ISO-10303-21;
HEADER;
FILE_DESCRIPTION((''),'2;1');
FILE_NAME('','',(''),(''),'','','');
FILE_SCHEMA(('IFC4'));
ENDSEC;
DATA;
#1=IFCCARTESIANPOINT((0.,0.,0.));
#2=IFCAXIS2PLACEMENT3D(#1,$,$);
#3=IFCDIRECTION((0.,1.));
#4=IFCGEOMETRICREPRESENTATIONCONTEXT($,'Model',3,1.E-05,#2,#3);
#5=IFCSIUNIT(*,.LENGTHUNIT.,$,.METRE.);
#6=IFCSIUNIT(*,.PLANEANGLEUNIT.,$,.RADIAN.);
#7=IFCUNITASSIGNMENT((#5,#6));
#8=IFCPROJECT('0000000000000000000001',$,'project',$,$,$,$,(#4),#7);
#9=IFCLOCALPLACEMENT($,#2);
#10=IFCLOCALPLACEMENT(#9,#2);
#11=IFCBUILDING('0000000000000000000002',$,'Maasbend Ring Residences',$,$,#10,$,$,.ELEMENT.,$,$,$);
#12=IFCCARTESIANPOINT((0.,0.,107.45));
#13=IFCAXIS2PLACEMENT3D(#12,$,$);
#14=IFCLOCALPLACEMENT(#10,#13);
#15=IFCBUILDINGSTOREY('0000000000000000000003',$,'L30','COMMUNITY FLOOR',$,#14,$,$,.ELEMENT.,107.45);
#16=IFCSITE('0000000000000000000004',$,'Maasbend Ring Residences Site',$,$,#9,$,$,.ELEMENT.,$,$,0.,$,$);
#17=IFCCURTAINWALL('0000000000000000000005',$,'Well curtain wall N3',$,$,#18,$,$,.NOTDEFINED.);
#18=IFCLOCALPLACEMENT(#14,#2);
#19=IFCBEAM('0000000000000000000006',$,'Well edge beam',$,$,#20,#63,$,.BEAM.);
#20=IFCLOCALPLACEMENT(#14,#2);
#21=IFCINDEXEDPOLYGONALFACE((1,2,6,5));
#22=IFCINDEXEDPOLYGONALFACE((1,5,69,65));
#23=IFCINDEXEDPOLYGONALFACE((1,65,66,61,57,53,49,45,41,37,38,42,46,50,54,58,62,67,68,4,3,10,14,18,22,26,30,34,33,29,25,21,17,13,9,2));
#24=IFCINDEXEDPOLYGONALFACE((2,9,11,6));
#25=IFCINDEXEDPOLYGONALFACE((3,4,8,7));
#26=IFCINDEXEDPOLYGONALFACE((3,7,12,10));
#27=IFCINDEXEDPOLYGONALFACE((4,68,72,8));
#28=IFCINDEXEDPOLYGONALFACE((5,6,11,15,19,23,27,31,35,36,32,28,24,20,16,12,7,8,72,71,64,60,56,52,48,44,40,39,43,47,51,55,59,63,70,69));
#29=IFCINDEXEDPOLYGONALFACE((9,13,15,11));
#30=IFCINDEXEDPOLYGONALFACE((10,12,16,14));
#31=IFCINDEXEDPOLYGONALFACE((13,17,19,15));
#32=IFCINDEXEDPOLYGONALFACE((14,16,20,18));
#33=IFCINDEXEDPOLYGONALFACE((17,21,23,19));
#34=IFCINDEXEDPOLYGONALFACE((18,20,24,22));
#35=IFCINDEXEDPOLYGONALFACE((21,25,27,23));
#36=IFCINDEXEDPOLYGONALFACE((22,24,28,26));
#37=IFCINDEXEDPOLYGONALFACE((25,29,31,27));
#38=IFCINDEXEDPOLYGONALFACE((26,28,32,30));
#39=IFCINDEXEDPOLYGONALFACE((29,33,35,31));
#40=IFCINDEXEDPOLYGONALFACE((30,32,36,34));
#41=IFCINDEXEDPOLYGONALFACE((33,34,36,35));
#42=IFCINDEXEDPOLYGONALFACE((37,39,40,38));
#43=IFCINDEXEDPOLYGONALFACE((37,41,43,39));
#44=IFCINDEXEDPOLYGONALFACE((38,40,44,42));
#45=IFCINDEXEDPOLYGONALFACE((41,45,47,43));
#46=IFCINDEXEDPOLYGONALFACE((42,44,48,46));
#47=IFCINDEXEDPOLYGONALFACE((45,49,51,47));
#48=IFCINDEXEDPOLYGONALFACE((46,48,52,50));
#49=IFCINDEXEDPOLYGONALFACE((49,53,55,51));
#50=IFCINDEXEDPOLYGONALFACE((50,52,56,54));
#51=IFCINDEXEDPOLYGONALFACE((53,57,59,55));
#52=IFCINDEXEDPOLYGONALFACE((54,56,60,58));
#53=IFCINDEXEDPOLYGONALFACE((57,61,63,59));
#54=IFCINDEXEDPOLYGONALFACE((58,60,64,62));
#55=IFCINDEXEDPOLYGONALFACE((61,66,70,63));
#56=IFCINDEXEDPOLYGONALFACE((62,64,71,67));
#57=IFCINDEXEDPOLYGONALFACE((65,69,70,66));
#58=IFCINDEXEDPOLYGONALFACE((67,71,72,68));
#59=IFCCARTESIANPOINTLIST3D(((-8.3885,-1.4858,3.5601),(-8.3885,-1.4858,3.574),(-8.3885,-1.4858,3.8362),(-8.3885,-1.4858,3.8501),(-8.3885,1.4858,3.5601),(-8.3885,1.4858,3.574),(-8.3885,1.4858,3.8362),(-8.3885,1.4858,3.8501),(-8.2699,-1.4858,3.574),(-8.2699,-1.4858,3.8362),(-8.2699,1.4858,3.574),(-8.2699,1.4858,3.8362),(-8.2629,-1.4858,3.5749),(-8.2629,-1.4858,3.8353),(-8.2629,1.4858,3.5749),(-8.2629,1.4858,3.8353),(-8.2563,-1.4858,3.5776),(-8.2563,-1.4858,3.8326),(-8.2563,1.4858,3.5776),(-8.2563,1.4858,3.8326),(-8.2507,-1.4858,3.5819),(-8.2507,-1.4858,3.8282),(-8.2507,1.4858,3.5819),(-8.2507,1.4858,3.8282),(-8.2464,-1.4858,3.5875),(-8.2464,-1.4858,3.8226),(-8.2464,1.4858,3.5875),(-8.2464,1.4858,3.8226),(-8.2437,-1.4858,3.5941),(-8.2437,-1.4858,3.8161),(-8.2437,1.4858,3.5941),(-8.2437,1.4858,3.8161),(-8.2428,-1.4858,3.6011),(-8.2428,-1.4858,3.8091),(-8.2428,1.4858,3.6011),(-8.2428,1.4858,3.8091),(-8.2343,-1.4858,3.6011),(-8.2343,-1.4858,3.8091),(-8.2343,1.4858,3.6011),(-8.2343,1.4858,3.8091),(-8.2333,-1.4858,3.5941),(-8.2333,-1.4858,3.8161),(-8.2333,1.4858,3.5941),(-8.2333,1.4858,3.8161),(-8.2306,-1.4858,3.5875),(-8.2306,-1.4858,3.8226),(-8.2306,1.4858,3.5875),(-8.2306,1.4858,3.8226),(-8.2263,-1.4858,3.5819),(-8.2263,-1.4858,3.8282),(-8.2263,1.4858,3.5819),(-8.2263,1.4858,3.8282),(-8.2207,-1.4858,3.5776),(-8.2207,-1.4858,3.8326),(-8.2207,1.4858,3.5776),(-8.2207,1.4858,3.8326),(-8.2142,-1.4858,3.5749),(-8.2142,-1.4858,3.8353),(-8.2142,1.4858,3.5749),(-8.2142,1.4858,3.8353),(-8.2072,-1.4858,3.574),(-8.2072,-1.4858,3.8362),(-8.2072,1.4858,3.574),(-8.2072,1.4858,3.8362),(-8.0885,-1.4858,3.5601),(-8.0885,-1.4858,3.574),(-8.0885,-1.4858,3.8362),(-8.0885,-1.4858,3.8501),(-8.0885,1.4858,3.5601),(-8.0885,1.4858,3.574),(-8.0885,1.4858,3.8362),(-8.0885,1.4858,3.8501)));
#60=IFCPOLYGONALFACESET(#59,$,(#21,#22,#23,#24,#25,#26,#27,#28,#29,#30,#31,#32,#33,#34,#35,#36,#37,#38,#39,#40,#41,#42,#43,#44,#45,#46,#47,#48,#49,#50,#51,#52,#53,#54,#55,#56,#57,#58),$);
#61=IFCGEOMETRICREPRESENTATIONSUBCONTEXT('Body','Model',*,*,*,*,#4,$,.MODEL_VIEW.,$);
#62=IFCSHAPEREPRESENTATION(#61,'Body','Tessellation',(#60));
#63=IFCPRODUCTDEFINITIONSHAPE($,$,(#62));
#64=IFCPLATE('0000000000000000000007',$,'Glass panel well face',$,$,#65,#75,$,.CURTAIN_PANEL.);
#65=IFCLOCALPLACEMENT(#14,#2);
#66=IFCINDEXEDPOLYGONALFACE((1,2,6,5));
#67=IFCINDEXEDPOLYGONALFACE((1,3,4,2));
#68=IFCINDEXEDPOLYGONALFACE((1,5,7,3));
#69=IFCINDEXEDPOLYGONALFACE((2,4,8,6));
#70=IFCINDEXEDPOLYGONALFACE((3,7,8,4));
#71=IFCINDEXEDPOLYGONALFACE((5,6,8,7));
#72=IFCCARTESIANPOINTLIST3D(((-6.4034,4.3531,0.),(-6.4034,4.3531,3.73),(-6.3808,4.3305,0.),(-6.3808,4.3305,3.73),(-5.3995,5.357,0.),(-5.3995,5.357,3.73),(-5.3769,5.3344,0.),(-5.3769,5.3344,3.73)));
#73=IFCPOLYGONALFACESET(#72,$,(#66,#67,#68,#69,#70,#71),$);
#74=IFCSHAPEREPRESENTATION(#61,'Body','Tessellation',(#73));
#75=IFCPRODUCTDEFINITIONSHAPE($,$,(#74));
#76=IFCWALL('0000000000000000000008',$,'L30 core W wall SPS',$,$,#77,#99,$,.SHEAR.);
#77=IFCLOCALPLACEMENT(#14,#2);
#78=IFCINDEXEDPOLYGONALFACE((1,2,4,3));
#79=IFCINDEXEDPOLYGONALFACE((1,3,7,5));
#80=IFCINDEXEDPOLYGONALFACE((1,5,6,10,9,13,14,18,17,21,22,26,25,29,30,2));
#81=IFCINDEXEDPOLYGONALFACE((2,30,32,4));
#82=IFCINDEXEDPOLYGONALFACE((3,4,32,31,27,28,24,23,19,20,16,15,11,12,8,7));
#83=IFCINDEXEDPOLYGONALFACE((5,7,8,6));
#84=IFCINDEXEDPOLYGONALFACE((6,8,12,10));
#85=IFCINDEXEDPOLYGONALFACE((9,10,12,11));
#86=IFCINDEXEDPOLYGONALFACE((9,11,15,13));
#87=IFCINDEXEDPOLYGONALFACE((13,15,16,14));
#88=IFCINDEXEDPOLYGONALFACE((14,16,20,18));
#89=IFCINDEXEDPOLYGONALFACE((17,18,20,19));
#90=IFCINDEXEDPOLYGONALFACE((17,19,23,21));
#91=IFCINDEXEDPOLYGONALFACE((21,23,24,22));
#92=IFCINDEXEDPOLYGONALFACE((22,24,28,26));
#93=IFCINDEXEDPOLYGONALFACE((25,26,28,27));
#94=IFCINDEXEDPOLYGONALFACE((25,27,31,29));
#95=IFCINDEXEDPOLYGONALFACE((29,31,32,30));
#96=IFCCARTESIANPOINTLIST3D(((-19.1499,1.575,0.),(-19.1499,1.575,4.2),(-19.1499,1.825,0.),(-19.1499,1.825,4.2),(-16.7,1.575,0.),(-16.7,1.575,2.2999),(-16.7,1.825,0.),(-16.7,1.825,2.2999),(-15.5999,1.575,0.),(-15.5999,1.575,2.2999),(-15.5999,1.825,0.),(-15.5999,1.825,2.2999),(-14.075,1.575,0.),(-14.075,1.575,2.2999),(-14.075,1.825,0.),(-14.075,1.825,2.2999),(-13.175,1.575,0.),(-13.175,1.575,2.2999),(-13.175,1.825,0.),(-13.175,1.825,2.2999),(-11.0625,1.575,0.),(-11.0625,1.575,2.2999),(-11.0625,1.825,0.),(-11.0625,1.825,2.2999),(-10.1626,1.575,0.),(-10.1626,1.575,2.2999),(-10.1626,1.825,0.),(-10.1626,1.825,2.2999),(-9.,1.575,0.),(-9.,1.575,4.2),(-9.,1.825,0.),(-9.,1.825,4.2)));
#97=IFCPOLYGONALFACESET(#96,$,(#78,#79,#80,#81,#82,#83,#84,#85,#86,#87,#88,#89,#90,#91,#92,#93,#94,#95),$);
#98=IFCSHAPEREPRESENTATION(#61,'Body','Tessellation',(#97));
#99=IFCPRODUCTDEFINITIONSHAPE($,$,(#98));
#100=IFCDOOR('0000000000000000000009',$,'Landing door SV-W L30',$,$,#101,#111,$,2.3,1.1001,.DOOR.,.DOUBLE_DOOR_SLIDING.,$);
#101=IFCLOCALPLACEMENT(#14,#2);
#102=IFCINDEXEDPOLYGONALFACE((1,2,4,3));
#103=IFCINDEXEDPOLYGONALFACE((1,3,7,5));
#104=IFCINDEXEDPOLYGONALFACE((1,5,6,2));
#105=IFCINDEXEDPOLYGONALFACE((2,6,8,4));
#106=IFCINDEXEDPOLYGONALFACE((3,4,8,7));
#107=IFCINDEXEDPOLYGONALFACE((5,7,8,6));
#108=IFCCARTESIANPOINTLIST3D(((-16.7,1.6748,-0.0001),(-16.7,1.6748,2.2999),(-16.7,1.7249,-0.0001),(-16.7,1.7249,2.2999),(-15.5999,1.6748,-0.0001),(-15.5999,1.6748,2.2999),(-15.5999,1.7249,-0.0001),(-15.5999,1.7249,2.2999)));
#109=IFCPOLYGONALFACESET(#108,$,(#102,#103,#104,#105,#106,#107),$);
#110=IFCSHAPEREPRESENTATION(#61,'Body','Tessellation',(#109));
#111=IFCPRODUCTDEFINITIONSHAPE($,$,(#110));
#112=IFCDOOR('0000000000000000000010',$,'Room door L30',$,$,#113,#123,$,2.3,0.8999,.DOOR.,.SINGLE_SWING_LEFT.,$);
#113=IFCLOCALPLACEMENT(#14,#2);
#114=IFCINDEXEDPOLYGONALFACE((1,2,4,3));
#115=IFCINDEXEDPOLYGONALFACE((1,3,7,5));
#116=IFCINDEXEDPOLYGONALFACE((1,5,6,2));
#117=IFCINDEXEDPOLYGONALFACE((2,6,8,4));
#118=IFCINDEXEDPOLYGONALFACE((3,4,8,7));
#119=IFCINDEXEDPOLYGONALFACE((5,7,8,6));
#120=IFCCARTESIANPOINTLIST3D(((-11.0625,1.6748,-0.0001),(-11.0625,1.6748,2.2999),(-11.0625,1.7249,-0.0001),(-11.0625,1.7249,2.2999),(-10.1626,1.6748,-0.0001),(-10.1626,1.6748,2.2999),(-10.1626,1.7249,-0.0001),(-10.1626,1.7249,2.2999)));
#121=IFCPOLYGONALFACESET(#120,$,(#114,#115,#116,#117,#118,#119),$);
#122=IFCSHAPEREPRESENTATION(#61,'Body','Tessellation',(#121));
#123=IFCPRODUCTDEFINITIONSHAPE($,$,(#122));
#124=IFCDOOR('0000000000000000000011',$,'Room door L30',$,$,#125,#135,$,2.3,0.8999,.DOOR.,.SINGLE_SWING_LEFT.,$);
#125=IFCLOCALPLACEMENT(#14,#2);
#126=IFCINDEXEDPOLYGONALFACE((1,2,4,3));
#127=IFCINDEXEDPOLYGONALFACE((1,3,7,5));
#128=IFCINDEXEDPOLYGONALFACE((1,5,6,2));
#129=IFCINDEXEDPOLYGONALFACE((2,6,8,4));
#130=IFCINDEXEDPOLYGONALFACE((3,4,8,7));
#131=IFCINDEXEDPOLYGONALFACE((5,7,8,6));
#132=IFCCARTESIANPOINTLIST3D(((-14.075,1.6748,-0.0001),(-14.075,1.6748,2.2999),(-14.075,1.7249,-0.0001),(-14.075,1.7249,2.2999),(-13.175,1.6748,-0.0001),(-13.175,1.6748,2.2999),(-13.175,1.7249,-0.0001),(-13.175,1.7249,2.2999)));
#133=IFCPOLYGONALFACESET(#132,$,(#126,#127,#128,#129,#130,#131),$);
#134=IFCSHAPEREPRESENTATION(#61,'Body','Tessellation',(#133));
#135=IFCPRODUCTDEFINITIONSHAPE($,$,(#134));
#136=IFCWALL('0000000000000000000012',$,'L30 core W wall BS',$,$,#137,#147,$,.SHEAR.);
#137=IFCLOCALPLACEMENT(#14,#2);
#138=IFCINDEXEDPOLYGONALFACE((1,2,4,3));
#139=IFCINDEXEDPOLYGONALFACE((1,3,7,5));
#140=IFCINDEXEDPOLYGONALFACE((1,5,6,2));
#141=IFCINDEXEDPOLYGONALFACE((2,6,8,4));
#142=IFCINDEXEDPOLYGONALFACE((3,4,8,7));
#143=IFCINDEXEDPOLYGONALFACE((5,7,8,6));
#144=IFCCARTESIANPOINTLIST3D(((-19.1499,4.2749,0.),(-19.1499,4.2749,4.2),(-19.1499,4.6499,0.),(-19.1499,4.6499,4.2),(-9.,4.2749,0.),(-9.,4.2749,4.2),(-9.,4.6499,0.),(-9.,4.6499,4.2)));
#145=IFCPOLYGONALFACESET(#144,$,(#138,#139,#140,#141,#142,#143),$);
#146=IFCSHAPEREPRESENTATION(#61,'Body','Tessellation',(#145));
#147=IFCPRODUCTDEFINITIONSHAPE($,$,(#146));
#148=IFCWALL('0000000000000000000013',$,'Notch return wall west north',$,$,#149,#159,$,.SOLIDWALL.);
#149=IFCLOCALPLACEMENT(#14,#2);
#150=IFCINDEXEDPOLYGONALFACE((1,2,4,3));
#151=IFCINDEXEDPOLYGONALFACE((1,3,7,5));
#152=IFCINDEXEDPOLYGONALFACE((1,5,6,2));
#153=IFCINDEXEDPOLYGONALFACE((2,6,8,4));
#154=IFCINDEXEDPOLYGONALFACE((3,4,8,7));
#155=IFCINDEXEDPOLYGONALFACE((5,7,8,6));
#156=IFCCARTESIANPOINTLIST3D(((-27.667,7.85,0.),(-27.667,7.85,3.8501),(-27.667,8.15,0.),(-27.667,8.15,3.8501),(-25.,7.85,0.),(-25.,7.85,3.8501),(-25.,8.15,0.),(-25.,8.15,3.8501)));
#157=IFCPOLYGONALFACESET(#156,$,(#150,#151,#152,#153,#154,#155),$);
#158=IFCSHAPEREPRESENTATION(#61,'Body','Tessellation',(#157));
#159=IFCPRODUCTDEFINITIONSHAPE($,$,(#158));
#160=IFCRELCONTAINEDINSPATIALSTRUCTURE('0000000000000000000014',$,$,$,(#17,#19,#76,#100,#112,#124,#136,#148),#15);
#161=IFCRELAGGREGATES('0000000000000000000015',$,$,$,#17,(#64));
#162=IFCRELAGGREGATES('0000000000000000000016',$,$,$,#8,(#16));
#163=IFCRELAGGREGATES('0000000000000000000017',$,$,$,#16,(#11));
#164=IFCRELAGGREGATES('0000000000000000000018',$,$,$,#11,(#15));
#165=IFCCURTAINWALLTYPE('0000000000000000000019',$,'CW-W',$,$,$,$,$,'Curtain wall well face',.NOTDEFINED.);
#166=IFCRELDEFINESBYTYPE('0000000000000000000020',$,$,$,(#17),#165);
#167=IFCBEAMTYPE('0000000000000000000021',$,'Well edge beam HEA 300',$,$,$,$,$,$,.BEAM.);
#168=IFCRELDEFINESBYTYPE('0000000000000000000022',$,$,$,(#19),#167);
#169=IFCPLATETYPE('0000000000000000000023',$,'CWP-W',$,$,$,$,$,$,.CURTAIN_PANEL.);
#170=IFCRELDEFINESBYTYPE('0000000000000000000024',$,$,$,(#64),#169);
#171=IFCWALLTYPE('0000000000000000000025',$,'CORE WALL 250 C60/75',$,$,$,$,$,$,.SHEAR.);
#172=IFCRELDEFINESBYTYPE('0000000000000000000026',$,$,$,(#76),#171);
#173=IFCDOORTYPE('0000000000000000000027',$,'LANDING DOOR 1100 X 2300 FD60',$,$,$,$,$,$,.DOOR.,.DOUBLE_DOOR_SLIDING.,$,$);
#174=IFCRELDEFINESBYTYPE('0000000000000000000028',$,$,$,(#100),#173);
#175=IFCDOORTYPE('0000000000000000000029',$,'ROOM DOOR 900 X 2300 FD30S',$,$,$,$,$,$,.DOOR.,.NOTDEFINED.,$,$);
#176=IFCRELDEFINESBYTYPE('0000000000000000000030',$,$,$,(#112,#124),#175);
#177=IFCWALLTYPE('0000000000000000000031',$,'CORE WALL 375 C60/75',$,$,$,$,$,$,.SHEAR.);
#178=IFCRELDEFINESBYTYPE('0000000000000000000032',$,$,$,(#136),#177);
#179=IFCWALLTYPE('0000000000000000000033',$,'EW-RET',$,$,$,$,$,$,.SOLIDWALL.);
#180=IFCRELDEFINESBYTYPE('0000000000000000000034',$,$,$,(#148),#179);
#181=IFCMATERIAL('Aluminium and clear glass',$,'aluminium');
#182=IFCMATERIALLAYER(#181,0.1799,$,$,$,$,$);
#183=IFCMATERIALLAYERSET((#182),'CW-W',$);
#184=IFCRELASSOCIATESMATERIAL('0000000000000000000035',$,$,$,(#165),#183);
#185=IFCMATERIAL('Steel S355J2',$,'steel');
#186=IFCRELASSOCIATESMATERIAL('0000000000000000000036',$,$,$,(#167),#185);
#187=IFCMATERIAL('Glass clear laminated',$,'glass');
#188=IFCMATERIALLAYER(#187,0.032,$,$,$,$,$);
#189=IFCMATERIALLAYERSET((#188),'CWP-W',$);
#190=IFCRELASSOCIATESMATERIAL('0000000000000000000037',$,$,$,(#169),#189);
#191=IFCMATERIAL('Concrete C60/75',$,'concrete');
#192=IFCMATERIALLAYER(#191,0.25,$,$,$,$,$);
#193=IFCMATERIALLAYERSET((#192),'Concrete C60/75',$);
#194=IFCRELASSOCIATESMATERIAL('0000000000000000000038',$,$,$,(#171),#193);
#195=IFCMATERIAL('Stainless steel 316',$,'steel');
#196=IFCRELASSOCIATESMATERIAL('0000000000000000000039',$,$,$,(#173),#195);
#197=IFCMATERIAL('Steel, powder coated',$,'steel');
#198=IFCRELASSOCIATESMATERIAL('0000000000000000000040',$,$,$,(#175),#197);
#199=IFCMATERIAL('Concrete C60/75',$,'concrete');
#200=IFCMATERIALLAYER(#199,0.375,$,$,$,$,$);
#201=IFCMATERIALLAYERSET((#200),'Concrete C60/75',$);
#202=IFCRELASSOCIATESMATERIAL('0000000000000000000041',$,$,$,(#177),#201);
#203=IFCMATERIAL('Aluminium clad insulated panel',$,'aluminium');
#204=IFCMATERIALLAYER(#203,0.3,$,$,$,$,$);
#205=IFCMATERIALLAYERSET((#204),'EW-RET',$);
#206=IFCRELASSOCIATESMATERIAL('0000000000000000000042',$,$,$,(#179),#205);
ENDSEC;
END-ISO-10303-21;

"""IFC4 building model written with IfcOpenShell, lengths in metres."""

from ifc_helpers import new_model, si_unit, direction, frame, frame_2d, origin, origin_2d, place, context, subcontext, project, spatial, rectangle, i_section, extrude, material, layer, layer_set, material_profile, profile_set, type_object, element, fill, aggregate, save


model = new_model("IFC4")

# Units and contexts
model_context = context("Model", 3, precision=1e-05, world=origin(), true_north=direction((0.0, 1.0)))
body_context = subcontext(model_context, "Body", "Model", "MODEL_VIEW")
ifc_project = project(units=[si_unit("LENGTHUNIT", "METRE"), si_unit("PLANEANGLEUNIT", "RADIAN")], contexts=[model_context])

# Site, building, storey
site_placement = place(None, origin())
site = spatial("IfcSite", under=ifc_project, at=site_placement, Name="Maasbend Ring Residences Site", CompositionType="ELEMENT", RefElevation=0.0)
building_placement = place(site_placement, origin())
building = spatial("IfcBuilding", under=site, at=building_placement, Name="Maasbend Ring Residences", CompositionType="ELEMENT")
storey_placement = place(building_placement, frame((0.0, 0.0, 107.45)))
storey = spatial("IfcBuildingStorey", under=building, at=storey_placement, Name="L30", Description="COMMUNITY FLOOR", CompositionType="ELEMENT", Elevation=107.45)

# Curtain wall
ifc_material_1 = material(Name="Aluminium and clear glass", Category="aluminium")
ifc_layer_1 = layer(ifc_material_1, 0.1799)
ifc_layer_set_1 = layer_set([ifc_layer_1], Name="CW-W")
curtain_wall_type = type_object("IfcCurtainWallType", Name="CW-W", ElementType="Curtain wall well face", PredefinedType="NOTDEFINED", material=ifc_layer_set_1)
curtain_wall_placement = place(storey_placement, origin())
curtain_wall = element("IfcCurtainWall", 1, at=curtain_wall_placement, inside=storey, type_object=curtain_wall_type, Name="Well curtain wall N3", PredefinedType="NOTDEFINED")

# Beam
ifc_material_2 = material(Name="Steel S355J2", Category="steel")
ifc_material_profile_1 = material_profile(ifc_material_2, i_section(OverallWidth=0.3, OverallDepth=0.29, WebThickness=0.0085, FlangeThickness=0.0139, FilletRadius=0.0271, at=origin_2d()), Name="HEA 300")
ifc_profile_set_1 = profile_set([ifc_material_profile_1], Name="Steel S355J2")
beam_type = type_object("IfcBeamType", Name="Well edge beam HEA 300", PredefinedType="BEAM", material=ifc_profile_set_1)
for number, where, z_axis, x_axis, name in (
    (2, (-8.2385, 1.4858, 3.7051), (0.0, -1.0, 0.0), (1.0, 0.0, 0.0), "Well edge beam"),
):
    element("IfcBeam", number, at=place(storey_placement, frame(where, z_axis=z_axis, x_axis=x_axis)), inside=storey, type_object=beam_type, Name=name, PredefinedType="BEAM", context=body_context, shape_type="SweptSolid", body=[
        extrude(i_section(OverallWidth=0.3, OverallDepth=0.29, WebThickness=0.0085, FlangeThickness=0.0139, FilletRadius=0.0271, at=origin_2d()), origin(), (0.0, 0.0, 1.0), 2.9717),
    ])

# Plate
ifc_material_3 = material(Name="Glass clear laminated", Category="glass")
ifc_layer_2 = layer(ifc_material_3, 0.032)
ifc_layer_set_2 = layer_set([ifc_layer_2], Name="CWP-W")
plate_type = type_object("IfcPlateType", Name="CWP-W", PredefinedType="CURTAIN_PANEL", material=ifc_layer_set_2)
plate_placement = place(storey_placement, frame((-5.8901, 4.8438, 0.0), z_axis=(0.0, 0.0, 1.0), x_axis=(-0.707107, -0.707107, 0.0)))
plate = element("IfcPlate", 3, at=plate_placement, type_object=plate_type, Name="Glass panel well face", PredefinedType="CURTAIN_PANEL", context=body_context, shape_type="SweptSolid", body=[
    extrude(rectangle(XDim=1.4197, YDim=0.032, at=origin_2d()), origin(), (0.0, 0.0, 1.0), 3.73),
])
aggregate(curtain_wall, [plate])

# Wall, openings, doors
ifc_material_4 = material(Name="Concrete C60/75", Category="concrete")
ifc_layer_3 = layer(ifc_material_4, 0.25)
ifc_layer_set_3 = layer_set([ifc_layer_3], Name="Concrete C60/75")
wall_type_1 = type_object("IfcWallType", Name="CORE WALL 250 C60/75", PredefinedType="SHEAR", material=ifc_layer_set_3)
wall_1_placement = place(storey_placement, frame((-19.1499, 1.7, 0.0), z_axis=(0.0, 0.0, 1.0), x_axis=(1.0, 0.0, 0.0)))
wall_1 = element("IfcWall", 4, at=wall_1_placement, inside=storey, type_object=wall_type_1, Name="L30 core W wall SPS", PredefinedType="SHEAR", context=body_context, shape_type="SweptSolid", body=[
    extrude(rectangle(XDim=10.1499, YDim=0.25, at=frame_2d((5.075, 0.0))), origin(), (0.0, 0.0, 1.0), 4.2),
])
opening_1_placement = place(wall_1_placement, frame((2.45, 0.0, 0.0)))
opening_1 = element("IfcOpeningElement", 5, at=opening_1_placement, cuts=wall_1, PredefinedType="OPENING", context=body_context, shape_type="SweptSolid", body=[
    extrude(rectangle(XDim=1.1001, YDim=2.3, at=frame_2d((0.55, 1.1499))), frame((0.0, 0.135, 0.0), z_axis=(0.0, -1.0, 0.0), x_axis=(1.0, 0.0, 0.0)), (0.0, 0.0, 1.0), 0.27),
])
opening_2_placement = place(wall_1_placement, frame((8.0874, 0.0, 0.0)))
opening_2 = element("IfcOpeningElement", 6, at=opening_2_placement, cuts=wall_1, PredefinedType="OPENING", context=body_context, shape_type="SweptSolid", body=[
    extrude(rectangle(XDim=0.8999, YDim=2.3, at=frame_2d((0.45, 1.1499))), frame((0.0, 0.135, 0.0), z_axis=(0.0, -1.0, 0.0), x_axis=(1.0, 0.0, 0.0)), (0.0, 0.0, 1.0), 0.27),
])
opening_3_placement = place(wall_1_placement, frame((5.075, 0.0, 0.0)))
opening_3 = element("IfcOpeningElement", 7, at=opening_3_placement, cuts=wall_1, PredefinedType="OPENING", context=body_context, shape_type="SweptSolid", body=[
    extrude(rectangle(XDim=0.8999, YDim=2.3, at=frame_2d((0.45, 1.1499))), frame((0.0, 0.135, 0.0), z_axis=(0.0, -1.0, 0.0), x_axis=(1.0, 0.0, 0.0)), (0.0, 0.0, 1.0), 0.27),
])
ifc_material_5 = material(Name="Stainless steel 316", Category="steel")
door_type_1 = type_object("IfcDoorType", Name="LANDING DOOR 1100 X 2300 FD60", OperationType="DOUBLE_DOOR_SLIDING", PredefinedType="DOOR", material=ifc_material_5)
door_1_placement = place(opening_1_placement, origin())
door_1 = element("IfcDoor", 8, at=door_1_placement, inside=storey, type_object=door_type_1, Name="Landing door SV-W L30", OperationType="DOUBLE_DOOR_SLIDING", OverallHeight=2.3, OverallWidth=1.1001, PredefinedType="DOOR", context=body_context, shape_type="SweptSolid", body=[
    extrude(rectangle(XDim=1.1001, YDim=2.3, at=frame_2d((0.55, 1.1499))), frame((0.0, 0.0249, 0.0), z_axis=(0.0, -1.0, 0.0), x_axis=(1.0, 0.0, 0.0)), (0.0, 0.0, 1.0), 0.05),
])
fill(opening_1, door_1)
ifc_material_6 = material(Name="Steel, powder coated", Category="steel")
door_type_2 = type_object("IfcDoorType", Name="ROOM DOOR 900 X 2300 FD30S", OperationType="NOTDEFINED", PredefinedType="DOOR", material=ifc_material_6)
door_2_placement = place(opening_2_placement, origin())
door_2 = element("IfcDoor", 9, at=door_2_placement, inside=storey, type_object=door_type_2, Name="Room door L30", OperationType="SINGLE_SWING_LEFT", OverallHeight=2.3, OverallWidth=0.8999, PredefinedType="DOOR", context=body_context, shape_type="SweptSolid", body=[
    extrude(rectangle(XDim=0.8999, YDim=2.3, at=frame_2d((0.45, 1.1499))), frame((0.0, 0.0249, 0.0), z_axis=(0.0, -1.0, 0.0), x_axis=(1.0, 0.0, 0.0)), (0.0, 0.0, 1.0), 0.05),
])
fill(opening_2, door_2)
door_3_placement = place(opening_3_placement, origin())
door_3 = element("IfcDoor", 10, at=door_3_placement, inside=storey, type_object=door_type_2, Name="Room door L30", OperationType="SINGLE_SWING_LEFT", OverallHeight=2.3, OverallWidth=0.8999, PredefinedType="DOOR", context=body_context, shape_type="SweptSolid", body=[
    extrude(rectangle(XDim=0.8999, YDim=2.3, at=frame_2d((0.45, 1.1499))), frame((0.0, 0.0249, 0.0), z_axis=(0.0, -1.0, 0.0), x_axis=(1.0, 0.0, 0.0)), (0.0, 0.0, 1.0), 0.05),
])
fill(opening_3, door_3)

# Walls
ifc_material_7 = material(Name="Concrete C60/75", Category="concrete")
ifc_layer_4 = layer(ifc_material_7, 0.375)
ifc_layer_set_4 = layer_set([ifc_layer_4], Name="Concrete C60/75")
wall_type_2 = type_object("IfcWallType", Name="CORE WALL 375 C60/75", PredefinedType="SHEAR", material=ifc_layer_set_4)
wall_2_placement = place(storey_placement, frame((-9.0, 4.4624, 0.0), z_axis=(0.0, 0.0, 1.0), x_axis=(-1.0, 0.0, 0.0)))
element("IfcWall", 11, at=wall_2_placement, inside=storey, type_object=wall_type_2, Name="L30 core W wall BS", PredefinedType="SHEAR", context=body_context, shape_type="SweptSolid", body=[
    extrude(rectangle(XDim=10.1499, YDim=0.375, at=frame_2d((5.075, 0.0))), origin(), (0.0, 0.0, 1.0), 4.2),
])
ifc_material_8 = material(Name="Aluminium clad insulated panel", Category="aluminium")
ifc_layer_5 = layer(ifc_material_8, 0.3)
ifc_layer_set_5 = layer_set([ifc_layer_5], Name="EW-RET")
wall_type_3 = type_object("IfcWallType", Name="EW-RET", PredefinedType="SOLIDWALL", material=ifc_layer_set_5)
wall_3_placement = place(storey_placement, frame((-25.0, 8.0, 0.0), z_axis=(0.0, 0.0, 1.0), x_axis=(-1.0, 0.0, 0.0)))
element("IfcWall", 12, at=wall_3_placement, inside=storey, type_object=wall_type_3, Name="Notch return wall west north", PredefinedType="SOLIDWALL", context=body_context, shape_type="SweptSolid", body=[
    extrude(rectangle(XDim=2.667, YDim=0.3, at=frame_2d((1.3335, 0.0))), origin(), (0.0, 0.0, 1.0), 3.8501),
])

save(model, "model.ifc")
